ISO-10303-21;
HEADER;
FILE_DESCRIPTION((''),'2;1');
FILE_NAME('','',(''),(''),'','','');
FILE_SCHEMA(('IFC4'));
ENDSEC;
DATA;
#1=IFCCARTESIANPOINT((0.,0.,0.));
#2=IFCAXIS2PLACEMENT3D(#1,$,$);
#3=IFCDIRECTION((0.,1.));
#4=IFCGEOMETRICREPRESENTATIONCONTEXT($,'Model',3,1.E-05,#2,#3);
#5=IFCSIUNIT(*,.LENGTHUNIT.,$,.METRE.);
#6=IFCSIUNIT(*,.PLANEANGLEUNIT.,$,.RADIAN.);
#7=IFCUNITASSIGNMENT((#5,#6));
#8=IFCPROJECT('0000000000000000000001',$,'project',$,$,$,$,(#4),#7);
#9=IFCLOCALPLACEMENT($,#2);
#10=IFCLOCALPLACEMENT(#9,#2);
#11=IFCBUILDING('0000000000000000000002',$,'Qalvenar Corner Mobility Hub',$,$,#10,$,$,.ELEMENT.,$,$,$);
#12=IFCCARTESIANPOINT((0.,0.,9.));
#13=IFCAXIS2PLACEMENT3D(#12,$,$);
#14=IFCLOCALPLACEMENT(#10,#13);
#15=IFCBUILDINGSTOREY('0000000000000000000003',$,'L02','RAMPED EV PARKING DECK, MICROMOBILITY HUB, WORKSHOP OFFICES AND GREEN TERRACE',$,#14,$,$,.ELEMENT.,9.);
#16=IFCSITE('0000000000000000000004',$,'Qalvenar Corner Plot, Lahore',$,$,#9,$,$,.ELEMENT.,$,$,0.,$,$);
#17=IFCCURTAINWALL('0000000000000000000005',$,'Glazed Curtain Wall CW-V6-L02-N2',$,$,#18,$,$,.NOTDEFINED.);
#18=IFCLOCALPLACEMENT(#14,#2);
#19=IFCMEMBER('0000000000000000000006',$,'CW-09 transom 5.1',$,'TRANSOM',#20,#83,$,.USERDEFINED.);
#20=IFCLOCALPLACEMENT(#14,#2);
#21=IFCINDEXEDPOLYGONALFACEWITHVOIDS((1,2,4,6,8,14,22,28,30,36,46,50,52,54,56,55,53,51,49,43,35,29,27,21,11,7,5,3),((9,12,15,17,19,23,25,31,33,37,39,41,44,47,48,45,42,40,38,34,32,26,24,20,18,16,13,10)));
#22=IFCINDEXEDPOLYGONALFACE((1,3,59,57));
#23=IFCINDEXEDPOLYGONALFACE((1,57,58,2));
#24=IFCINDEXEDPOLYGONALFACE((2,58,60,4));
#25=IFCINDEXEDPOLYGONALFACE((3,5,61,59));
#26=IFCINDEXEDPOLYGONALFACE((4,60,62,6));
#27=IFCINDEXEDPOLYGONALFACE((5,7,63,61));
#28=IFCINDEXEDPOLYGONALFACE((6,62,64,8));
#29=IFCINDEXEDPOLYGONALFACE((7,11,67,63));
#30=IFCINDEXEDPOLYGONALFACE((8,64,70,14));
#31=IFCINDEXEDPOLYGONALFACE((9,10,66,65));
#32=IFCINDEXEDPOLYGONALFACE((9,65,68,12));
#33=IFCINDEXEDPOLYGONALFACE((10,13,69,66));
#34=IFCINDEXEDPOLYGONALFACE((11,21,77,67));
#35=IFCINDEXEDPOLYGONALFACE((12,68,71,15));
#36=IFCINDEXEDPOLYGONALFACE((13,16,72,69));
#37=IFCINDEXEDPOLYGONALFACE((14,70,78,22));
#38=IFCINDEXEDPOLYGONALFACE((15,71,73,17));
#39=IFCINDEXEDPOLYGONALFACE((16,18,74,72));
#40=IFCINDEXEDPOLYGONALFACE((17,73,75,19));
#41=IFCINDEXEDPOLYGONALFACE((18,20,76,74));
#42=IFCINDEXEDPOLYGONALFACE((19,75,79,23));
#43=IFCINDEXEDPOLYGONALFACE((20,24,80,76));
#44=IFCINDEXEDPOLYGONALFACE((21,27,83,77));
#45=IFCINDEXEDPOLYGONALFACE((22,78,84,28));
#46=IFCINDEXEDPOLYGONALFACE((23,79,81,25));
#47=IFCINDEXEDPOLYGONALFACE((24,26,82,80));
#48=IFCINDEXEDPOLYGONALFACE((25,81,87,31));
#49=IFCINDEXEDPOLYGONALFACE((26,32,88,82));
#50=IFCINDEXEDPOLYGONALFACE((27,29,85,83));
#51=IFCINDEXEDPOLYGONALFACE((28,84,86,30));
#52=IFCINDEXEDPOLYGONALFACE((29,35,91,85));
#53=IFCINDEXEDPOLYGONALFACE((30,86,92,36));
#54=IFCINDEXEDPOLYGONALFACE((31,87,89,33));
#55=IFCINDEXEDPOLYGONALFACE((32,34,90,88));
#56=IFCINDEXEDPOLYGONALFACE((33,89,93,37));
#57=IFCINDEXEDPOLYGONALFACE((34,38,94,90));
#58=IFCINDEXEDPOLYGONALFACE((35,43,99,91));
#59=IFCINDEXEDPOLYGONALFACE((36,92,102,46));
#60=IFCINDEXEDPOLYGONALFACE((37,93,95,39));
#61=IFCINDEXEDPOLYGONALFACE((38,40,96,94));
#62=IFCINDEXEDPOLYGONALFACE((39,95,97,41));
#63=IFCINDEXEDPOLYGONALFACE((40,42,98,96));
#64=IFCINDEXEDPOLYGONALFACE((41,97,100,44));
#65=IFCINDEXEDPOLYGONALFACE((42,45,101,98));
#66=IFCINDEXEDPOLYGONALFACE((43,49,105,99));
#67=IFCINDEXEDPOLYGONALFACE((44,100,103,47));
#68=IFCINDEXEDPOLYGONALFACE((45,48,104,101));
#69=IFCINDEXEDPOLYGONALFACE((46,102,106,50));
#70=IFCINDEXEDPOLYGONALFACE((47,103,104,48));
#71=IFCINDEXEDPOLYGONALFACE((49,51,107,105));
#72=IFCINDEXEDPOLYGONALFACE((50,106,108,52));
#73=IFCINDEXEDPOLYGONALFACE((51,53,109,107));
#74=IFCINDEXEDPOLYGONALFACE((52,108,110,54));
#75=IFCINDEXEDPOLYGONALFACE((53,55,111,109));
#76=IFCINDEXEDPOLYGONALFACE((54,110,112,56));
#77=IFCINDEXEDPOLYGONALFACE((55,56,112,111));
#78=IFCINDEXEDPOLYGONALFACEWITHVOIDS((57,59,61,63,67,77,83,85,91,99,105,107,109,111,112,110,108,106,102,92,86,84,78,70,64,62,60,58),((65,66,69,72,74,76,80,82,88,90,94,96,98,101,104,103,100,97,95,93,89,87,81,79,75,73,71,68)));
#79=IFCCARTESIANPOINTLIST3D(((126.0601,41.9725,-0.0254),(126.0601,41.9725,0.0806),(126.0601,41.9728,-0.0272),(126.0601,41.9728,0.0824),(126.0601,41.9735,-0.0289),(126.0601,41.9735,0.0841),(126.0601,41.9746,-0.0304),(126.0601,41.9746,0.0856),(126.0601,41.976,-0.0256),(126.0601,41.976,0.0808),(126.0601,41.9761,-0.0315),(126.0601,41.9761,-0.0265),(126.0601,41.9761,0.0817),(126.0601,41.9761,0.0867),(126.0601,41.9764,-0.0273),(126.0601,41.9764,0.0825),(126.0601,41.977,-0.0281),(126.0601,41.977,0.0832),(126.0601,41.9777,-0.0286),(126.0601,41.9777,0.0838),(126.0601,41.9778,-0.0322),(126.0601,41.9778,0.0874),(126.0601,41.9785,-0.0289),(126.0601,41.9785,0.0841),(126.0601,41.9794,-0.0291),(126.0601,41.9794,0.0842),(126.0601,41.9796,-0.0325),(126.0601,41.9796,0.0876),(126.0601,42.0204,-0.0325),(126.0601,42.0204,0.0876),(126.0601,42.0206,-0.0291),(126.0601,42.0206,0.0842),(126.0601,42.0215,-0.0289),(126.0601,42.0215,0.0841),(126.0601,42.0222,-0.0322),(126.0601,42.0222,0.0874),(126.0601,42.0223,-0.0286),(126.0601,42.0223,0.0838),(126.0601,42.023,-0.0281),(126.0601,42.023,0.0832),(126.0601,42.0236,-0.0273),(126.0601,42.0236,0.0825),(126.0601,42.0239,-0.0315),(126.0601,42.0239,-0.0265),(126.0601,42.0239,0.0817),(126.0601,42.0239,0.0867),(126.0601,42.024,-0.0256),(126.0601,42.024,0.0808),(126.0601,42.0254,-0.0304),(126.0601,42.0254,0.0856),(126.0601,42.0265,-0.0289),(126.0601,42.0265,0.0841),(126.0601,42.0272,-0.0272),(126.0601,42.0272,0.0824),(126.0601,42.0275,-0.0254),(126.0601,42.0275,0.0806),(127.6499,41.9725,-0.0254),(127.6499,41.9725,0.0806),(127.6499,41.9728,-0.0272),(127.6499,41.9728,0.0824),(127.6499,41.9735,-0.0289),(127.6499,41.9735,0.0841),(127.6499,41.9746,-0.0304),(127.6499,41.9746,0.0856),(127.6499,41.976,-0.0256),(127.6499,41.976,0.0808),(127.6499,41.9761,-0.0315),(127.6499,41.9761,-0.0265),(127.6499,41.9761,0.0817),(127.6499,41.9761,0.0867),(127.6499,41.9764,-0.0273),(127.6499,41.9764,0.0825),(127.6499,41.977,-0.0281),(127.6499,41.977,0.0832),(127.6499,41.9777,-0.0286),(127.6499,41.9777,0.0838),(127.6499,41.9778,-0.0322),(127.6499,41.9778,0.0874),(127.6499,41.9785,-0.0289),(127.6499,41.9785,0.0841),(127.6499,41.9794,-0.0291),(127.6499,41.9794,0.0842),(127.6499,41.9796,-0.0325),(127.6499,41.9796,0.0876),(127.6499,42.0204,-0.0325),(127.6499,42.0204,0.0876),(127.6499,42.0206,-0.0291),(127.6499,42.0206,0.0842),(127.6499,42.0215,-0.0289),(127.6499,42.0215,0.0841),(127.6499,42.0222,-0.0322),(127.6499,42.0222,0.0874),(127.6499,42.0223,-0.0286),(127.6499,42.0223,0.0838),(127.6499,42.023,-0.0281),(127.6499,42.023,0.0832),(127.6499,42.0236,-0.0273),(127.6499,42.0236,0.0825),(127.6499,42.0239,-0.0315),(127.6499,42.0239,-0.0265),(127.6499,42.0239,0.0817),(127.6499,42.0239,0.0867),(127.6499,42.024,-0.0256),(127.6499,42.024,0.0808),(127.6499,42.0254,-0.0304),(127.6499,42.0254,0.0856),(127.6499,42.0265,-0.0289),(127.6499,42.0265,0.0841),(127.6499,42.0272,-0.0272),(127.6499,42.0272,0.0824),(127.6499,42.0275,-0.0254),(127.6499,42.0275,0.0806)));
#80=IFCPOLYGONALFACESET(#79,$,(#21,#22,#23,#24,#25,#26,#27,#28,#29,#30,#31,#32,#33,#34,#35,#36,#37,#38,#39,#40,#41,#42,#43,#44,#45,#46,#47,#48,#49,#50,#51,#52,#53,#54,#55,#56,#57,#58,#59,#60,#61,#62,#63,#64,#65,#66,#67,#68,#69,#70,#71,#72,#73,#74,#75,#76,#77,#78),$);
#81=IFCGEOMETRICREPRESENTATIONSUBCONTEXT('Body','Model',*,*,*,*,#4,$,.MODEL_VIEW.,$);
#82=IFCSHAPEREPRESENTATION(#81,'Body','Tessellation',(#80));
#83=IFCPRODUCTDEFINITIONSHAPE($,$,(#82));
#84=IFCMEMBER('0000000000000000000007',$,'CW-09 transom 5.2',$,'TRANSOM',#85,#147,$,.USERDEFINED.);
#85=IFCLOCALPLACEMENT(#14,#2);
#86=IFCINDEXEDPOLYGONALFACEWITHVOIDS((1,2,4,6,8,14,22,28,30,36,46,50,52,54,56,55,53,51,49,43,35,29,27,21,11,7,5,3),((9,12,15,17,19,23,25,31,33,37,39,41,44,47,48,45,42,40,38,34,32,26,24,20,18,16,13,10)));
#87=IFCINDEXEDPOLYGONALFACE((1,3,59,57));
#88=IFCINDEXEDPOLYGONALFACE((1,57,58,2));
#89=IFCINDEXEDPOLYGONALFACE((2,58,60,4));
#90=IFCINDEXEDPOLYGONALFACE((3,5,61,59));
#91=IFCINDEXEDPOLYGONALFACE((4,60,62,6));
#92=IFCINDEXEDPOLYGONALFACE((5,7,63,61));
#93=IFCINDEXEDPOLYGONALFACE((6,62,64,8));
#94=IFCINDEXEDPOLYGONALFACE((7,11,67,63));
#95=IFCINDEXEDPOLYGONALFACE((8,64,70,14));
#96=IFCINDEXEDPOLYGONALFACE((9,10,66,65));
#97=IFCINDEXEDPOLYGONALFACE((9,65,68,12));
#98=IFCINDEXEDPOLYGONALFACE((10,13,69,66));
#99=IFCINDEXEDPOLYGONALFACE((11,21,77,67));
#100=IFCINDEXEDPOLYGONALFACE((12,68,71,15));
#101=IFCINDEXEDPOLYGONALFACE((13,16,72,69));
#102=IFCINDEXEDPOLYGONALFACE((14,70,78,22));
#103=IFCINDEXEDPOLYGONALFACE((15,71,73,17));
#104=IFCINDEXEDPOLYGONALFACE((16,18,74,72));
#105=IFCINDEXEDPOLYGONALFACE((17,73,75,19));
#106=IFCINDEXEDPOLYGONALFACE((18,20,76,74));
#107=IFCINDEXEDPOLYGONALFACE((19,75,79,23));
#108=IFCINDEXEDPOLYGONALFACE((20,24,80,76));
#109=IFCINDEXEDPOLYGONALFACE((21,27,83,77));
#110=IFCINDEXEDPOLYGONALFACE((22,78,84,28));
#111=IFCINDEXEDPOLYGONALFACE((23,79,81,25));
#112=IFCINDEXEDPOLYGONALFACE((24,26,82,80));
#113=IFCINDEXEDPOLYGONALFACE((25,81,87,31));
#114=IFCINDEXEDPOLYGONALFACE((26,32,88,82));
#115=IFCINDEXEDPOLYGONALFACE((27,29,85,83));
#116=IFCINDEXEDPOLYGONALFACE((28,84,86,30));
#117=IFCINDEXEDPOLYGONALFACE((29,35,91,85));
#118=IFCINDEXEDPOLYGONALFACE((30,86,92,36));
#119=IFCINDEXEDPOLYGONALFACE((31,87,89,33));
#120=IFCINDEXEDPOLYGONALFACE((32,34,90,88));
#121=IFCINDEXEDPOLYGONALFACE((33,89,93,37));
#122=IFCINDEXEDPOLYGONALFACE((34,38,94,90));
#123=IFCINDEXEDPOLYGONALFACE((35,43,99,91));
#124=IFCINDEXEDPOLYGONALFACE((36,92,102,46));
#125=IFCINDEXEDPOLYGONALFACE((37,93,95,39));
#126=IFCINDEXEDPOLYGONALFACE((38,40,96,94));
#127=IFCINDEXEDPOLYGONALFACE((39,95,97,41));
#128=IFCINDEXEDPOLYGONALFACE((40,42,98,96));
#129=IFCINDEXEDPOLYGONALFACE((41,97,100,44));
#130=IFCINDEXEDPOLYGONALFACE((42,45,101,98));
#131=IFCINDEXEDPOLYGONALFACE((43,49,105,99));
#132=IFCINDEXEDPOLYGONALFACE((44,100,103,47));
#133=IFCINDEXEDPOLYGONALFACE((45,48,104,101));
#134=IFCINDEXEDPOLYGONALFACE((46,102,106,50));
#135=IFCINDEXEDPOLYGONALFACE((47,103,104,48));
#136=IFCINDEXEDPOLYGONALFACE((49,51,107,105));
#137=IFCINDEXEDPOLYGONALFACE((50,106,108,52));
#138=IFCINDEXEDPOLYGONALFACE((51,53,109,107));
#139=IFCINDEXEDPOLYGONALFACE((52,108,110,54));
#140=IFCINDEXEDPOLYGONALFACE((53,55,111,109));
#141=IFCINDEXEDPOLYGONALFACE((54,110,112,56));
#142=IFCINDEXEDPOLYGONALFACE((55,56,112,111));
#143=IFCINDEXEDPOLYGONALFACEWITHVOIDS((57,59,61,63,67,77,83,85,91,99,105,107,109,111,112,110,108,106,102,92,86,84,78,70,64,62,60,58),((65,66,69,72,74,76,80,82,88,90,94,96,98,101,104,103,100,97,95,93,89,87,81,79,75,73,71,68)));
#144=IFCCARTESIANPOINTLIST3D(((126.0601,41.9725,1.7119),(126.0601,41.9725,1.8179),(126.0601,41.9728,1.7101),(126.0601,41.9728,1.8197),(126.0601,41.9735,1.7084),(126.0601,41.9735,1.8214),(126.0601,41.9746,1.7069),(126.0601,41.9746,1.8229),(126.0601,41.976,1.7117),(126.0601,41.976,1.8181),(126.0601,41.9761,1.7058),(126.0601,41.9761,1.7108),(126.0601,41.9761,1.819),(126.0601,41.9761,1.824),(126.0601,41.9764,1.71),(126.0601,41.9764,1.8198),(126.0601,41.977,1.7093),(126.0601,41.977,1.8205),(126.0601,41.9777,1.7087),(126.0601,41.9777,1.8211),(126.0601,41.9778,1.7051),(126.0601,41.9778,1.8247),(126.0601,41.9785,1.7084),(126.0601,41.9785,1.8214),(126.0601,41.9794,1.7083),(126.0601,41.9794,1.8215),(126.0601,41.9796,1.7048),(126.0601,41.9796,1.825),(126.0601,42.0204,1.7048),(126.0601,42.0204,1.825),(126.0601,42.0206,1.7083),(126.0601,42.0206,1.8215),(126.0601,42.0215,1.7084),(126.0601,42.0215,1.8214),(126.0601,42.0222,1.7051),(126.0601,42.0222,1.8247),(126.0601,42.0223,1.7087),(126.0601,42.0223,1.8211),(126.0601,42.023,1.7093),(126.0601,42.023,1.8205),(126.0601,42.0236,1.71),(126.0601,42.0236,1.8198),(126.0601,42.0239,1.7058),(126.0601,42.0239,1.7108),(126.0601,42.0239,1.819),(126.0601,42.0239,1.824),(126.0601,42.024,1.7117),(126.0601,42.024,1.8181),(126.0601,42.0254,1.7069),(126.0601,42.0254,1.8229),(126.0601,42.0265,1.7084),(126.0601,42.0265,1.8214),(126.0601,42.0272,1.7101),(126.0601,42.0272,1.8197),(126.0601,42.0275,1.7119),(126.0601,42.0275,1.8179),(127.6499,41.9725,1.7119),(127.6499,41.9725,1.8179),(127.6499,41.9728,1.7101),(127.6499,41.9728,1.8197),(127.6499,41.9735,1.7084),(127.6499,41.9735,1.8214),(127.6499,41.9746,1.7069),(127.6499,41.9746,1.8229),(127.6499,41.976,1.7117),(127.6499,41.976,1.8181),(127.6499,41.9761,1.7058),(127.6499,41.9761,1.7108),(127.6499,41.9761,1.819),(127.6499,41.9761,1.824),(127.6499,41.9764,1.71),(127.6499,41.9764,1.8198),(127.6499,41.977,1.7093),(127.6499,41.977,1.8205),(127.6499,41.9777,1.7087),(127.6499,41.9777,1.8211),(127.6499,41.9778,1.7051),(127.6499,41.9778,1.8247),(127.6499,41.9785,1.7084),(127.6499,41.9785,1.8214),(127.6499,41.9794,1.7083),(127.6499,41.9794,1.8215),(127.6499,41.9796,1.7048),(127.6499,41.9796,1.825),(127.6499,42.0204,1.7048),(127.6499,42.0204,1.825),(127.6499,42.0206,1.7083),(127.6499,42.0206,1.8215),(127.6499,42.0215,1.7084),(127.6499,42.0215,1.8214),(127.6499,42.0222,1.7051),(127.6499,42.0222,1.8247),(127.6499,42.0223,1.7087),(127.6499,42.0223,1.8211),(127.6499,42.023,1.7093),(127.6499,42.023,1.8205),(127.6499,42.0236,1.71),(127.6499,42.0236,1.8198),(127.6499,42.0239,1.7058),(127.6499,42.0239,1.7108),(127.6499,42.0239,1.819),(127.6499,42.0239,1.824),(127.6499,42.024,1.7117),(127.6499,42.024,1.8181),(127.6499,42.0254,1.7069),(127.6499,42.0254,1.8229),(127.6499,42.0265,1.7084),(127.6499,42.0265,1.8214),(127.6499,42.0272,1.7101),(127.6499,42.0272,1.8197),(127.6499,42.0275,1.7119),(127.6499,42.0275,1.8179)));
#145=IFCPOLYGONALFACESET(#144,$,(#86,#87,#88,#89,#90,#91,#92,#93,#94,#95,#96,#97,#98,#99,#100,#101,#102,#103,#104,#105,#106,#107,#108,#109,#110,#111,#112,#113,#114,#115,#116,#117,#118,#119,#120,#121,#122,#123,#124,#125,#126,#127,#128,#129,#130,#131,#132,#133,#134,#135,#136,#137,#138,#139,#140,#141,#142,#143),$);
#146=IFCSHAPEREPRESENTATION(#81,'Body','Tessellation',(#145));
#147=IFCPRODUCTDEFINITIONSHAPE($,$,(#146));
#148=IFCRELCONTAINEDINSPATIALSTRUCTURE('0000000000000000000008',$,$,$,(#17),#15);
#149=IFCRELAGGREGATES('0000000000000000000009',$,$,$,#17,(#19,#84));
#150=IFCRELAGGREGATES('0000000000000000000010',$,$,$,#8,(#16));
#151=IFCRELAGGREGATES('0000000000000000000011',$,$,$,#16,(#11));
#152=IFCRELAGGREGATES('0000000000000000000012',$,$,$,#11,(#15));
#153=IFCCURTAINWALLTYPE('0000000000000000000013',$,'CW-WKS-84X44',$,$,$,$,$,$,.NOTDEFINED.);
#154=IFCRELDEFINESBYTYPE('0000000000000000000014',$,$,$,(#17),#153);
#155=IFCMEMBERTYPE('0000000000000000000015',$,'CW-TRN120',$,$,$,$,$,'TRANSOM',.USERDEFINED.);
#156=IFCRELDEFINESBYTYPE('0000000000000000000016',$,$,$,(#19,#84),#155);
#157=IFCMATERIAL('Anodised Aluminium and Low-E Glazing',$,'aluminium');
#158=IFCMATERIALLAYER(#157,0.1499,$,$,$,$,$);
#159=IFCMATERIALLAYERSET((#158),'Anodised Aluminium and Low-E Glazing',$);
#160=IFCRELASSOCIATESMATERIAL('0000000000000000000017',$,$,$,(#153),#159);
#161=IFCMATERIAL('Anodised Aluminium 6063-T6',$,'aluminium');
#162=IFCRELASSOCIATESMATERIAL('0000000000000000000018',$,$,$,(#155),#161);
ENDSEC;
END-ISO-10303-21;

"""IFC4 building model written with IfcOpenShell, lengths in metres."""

from ifc_helpers import new_model, si_unit, direction, frame, origin, origin_2d, place, context, subcontext, project, spatial, hollow_rectangle, extrude, material, layer, layer_set, material_profile, profile_set, type_object, element, aggregate, save


model = new_model("IFC4")

# Units and contexts
model_context = context("Model", 3, precision=1e-05, world=origin(), true_north=direction((0.0, 1.0)))
body_context = subcontext(model_context, "Body", "Model", "MODEL_VIEW")
ifc_project = project(units=[si_unit("LENGTHUNIT", "METRE"), si_unit("PLANEANGLEUNIT", "RADIAN")], contexts=[model_context])

# Site, building, storey
site_placement = place(None, origin())
site = spatial("IfcSite", under=ifc_project, at=site_placement, Name="Qalvenar Corner Plot, Lahore", CompositionType="ELEMENT", RefElevation=0.0)
building_placement = place(site_placement, origin())
building = spatial("IfcBuilding", under=site, at=building_placement, Name="Qalvenar Corner Mobility Hub", CompositionType="ELEMENT")
storey_placement = place(building_placement, frame((0.0, 0.0, 9.0)))
storey = spatial("IfcBuildingStorey", under=building, at=storey_placement, Name="L02", Description="RAMPED EV PARKING DECK, MICROMOBILITY HUB, WORKSHOP OFFICES AND GREEN TERRACE", CompositionType="ELEMENT", Elevation=9.0)

# Curtain wall, members
ifc_material_1 = material(Name="Anodised Aluminium and Low-E Glazing", Category="aluminium")
ifc_layer_1 = layer(ifc_material_1, 0.1499)
ifc_layer_set_1 = layer_set([ifc_layer_1], Name="Anodised Aluminium and Low-E Glazing")
curtain_wall_type = type_object("IfcCurtainWallType", Name="CW-WKS-84X44", PredefinedType="NOTDEFINED", material=ifc_layer_set_1)
curtain_wall_placement = place(storey_placement, origin())
curtain_wall = element("IfcCurtainWall", 1, at=curtain_wall_placement, inside=storey, type_object=curtain_wall_type, Name="Glazed Curtain Wall CW-V6-L02-N2", PredefinedType="NOTDEFINED")
ifc_material_2 = material(Name="Anodised Aluminium 6063-T6", Category="aluminium")
ifc_material_profile_1 = material_profile(ifc_material_2, hollow_rectangle(XDim=0.0549, YDim=0.1201, WallThickness=0.0034, InnerFilletRadius=0.0034, OuterFilletRadius=0.0071, at=origin_2d()), Name="RHS120x55x3.5")
ifc_profile_set_1 = profile_set([ifc_material_profile_1], Name="Anodised Aluminium 6063-T6")
member_type_1 = type_object("IfcMemberType", Name="CW-TRN120", ElementType="TRANSOM", PredefinedType="USERDEFINED", material=ifc_profile_set_1)
member_1_placement = place(storey_placement, frame((127.6499, 42.0, 0.0276), z_axis=(-1.0, 0.0, 0.0), x_axis=(0.0, -1.0, 0.0)))
member_1 = element("IfcMember", 2, at=member_1_placement, type_object=member_type_1, Name="CW-09 transom 5.1", ObjectType="TRANSOM", PredefinedType="USERDEFINED", context=body_context, shape_type="SweptSolid", body=[
    extrude(hollow_rectangle(XDim=0.0549, YDim=0.1201, WallThickness=0.0034, InnerFilletRadius=0.0034, OuterFilletRadius=0.0071, at=origin_2d()), origin(), (0.0, 0.0, 1.0), 1.5898),
])
member_2_placement = place(storey_placement, frame((127.6499, 42.0, 1.7649), z_axis=(-1.0, 0.0, 0.0), x_axis=(0.0, -1.0, 0.0)))
member_2 = element("IfcMember", 3, at=member_2_placement, type_object=member_type_1, Name="CW-09 transom 5.2", ObjectType="TRANSOM", PredefinedType="USERDEFINED", context=body_context, shape_type="SweptSolid", body=[
    extrude(hollow_rectangle(XDim=0.0549, YDim=0.1201, WallThickness=0.0034, InnerFilletRadius=0.0034, OuterFilletRadius=0.0071, at=origin_2d()), origin(), (0.0, 0.0, 1.0), 1.5898),
])
aggregate(curtain_wall, [member_1, member_2])

save(model, "model.ifc")
